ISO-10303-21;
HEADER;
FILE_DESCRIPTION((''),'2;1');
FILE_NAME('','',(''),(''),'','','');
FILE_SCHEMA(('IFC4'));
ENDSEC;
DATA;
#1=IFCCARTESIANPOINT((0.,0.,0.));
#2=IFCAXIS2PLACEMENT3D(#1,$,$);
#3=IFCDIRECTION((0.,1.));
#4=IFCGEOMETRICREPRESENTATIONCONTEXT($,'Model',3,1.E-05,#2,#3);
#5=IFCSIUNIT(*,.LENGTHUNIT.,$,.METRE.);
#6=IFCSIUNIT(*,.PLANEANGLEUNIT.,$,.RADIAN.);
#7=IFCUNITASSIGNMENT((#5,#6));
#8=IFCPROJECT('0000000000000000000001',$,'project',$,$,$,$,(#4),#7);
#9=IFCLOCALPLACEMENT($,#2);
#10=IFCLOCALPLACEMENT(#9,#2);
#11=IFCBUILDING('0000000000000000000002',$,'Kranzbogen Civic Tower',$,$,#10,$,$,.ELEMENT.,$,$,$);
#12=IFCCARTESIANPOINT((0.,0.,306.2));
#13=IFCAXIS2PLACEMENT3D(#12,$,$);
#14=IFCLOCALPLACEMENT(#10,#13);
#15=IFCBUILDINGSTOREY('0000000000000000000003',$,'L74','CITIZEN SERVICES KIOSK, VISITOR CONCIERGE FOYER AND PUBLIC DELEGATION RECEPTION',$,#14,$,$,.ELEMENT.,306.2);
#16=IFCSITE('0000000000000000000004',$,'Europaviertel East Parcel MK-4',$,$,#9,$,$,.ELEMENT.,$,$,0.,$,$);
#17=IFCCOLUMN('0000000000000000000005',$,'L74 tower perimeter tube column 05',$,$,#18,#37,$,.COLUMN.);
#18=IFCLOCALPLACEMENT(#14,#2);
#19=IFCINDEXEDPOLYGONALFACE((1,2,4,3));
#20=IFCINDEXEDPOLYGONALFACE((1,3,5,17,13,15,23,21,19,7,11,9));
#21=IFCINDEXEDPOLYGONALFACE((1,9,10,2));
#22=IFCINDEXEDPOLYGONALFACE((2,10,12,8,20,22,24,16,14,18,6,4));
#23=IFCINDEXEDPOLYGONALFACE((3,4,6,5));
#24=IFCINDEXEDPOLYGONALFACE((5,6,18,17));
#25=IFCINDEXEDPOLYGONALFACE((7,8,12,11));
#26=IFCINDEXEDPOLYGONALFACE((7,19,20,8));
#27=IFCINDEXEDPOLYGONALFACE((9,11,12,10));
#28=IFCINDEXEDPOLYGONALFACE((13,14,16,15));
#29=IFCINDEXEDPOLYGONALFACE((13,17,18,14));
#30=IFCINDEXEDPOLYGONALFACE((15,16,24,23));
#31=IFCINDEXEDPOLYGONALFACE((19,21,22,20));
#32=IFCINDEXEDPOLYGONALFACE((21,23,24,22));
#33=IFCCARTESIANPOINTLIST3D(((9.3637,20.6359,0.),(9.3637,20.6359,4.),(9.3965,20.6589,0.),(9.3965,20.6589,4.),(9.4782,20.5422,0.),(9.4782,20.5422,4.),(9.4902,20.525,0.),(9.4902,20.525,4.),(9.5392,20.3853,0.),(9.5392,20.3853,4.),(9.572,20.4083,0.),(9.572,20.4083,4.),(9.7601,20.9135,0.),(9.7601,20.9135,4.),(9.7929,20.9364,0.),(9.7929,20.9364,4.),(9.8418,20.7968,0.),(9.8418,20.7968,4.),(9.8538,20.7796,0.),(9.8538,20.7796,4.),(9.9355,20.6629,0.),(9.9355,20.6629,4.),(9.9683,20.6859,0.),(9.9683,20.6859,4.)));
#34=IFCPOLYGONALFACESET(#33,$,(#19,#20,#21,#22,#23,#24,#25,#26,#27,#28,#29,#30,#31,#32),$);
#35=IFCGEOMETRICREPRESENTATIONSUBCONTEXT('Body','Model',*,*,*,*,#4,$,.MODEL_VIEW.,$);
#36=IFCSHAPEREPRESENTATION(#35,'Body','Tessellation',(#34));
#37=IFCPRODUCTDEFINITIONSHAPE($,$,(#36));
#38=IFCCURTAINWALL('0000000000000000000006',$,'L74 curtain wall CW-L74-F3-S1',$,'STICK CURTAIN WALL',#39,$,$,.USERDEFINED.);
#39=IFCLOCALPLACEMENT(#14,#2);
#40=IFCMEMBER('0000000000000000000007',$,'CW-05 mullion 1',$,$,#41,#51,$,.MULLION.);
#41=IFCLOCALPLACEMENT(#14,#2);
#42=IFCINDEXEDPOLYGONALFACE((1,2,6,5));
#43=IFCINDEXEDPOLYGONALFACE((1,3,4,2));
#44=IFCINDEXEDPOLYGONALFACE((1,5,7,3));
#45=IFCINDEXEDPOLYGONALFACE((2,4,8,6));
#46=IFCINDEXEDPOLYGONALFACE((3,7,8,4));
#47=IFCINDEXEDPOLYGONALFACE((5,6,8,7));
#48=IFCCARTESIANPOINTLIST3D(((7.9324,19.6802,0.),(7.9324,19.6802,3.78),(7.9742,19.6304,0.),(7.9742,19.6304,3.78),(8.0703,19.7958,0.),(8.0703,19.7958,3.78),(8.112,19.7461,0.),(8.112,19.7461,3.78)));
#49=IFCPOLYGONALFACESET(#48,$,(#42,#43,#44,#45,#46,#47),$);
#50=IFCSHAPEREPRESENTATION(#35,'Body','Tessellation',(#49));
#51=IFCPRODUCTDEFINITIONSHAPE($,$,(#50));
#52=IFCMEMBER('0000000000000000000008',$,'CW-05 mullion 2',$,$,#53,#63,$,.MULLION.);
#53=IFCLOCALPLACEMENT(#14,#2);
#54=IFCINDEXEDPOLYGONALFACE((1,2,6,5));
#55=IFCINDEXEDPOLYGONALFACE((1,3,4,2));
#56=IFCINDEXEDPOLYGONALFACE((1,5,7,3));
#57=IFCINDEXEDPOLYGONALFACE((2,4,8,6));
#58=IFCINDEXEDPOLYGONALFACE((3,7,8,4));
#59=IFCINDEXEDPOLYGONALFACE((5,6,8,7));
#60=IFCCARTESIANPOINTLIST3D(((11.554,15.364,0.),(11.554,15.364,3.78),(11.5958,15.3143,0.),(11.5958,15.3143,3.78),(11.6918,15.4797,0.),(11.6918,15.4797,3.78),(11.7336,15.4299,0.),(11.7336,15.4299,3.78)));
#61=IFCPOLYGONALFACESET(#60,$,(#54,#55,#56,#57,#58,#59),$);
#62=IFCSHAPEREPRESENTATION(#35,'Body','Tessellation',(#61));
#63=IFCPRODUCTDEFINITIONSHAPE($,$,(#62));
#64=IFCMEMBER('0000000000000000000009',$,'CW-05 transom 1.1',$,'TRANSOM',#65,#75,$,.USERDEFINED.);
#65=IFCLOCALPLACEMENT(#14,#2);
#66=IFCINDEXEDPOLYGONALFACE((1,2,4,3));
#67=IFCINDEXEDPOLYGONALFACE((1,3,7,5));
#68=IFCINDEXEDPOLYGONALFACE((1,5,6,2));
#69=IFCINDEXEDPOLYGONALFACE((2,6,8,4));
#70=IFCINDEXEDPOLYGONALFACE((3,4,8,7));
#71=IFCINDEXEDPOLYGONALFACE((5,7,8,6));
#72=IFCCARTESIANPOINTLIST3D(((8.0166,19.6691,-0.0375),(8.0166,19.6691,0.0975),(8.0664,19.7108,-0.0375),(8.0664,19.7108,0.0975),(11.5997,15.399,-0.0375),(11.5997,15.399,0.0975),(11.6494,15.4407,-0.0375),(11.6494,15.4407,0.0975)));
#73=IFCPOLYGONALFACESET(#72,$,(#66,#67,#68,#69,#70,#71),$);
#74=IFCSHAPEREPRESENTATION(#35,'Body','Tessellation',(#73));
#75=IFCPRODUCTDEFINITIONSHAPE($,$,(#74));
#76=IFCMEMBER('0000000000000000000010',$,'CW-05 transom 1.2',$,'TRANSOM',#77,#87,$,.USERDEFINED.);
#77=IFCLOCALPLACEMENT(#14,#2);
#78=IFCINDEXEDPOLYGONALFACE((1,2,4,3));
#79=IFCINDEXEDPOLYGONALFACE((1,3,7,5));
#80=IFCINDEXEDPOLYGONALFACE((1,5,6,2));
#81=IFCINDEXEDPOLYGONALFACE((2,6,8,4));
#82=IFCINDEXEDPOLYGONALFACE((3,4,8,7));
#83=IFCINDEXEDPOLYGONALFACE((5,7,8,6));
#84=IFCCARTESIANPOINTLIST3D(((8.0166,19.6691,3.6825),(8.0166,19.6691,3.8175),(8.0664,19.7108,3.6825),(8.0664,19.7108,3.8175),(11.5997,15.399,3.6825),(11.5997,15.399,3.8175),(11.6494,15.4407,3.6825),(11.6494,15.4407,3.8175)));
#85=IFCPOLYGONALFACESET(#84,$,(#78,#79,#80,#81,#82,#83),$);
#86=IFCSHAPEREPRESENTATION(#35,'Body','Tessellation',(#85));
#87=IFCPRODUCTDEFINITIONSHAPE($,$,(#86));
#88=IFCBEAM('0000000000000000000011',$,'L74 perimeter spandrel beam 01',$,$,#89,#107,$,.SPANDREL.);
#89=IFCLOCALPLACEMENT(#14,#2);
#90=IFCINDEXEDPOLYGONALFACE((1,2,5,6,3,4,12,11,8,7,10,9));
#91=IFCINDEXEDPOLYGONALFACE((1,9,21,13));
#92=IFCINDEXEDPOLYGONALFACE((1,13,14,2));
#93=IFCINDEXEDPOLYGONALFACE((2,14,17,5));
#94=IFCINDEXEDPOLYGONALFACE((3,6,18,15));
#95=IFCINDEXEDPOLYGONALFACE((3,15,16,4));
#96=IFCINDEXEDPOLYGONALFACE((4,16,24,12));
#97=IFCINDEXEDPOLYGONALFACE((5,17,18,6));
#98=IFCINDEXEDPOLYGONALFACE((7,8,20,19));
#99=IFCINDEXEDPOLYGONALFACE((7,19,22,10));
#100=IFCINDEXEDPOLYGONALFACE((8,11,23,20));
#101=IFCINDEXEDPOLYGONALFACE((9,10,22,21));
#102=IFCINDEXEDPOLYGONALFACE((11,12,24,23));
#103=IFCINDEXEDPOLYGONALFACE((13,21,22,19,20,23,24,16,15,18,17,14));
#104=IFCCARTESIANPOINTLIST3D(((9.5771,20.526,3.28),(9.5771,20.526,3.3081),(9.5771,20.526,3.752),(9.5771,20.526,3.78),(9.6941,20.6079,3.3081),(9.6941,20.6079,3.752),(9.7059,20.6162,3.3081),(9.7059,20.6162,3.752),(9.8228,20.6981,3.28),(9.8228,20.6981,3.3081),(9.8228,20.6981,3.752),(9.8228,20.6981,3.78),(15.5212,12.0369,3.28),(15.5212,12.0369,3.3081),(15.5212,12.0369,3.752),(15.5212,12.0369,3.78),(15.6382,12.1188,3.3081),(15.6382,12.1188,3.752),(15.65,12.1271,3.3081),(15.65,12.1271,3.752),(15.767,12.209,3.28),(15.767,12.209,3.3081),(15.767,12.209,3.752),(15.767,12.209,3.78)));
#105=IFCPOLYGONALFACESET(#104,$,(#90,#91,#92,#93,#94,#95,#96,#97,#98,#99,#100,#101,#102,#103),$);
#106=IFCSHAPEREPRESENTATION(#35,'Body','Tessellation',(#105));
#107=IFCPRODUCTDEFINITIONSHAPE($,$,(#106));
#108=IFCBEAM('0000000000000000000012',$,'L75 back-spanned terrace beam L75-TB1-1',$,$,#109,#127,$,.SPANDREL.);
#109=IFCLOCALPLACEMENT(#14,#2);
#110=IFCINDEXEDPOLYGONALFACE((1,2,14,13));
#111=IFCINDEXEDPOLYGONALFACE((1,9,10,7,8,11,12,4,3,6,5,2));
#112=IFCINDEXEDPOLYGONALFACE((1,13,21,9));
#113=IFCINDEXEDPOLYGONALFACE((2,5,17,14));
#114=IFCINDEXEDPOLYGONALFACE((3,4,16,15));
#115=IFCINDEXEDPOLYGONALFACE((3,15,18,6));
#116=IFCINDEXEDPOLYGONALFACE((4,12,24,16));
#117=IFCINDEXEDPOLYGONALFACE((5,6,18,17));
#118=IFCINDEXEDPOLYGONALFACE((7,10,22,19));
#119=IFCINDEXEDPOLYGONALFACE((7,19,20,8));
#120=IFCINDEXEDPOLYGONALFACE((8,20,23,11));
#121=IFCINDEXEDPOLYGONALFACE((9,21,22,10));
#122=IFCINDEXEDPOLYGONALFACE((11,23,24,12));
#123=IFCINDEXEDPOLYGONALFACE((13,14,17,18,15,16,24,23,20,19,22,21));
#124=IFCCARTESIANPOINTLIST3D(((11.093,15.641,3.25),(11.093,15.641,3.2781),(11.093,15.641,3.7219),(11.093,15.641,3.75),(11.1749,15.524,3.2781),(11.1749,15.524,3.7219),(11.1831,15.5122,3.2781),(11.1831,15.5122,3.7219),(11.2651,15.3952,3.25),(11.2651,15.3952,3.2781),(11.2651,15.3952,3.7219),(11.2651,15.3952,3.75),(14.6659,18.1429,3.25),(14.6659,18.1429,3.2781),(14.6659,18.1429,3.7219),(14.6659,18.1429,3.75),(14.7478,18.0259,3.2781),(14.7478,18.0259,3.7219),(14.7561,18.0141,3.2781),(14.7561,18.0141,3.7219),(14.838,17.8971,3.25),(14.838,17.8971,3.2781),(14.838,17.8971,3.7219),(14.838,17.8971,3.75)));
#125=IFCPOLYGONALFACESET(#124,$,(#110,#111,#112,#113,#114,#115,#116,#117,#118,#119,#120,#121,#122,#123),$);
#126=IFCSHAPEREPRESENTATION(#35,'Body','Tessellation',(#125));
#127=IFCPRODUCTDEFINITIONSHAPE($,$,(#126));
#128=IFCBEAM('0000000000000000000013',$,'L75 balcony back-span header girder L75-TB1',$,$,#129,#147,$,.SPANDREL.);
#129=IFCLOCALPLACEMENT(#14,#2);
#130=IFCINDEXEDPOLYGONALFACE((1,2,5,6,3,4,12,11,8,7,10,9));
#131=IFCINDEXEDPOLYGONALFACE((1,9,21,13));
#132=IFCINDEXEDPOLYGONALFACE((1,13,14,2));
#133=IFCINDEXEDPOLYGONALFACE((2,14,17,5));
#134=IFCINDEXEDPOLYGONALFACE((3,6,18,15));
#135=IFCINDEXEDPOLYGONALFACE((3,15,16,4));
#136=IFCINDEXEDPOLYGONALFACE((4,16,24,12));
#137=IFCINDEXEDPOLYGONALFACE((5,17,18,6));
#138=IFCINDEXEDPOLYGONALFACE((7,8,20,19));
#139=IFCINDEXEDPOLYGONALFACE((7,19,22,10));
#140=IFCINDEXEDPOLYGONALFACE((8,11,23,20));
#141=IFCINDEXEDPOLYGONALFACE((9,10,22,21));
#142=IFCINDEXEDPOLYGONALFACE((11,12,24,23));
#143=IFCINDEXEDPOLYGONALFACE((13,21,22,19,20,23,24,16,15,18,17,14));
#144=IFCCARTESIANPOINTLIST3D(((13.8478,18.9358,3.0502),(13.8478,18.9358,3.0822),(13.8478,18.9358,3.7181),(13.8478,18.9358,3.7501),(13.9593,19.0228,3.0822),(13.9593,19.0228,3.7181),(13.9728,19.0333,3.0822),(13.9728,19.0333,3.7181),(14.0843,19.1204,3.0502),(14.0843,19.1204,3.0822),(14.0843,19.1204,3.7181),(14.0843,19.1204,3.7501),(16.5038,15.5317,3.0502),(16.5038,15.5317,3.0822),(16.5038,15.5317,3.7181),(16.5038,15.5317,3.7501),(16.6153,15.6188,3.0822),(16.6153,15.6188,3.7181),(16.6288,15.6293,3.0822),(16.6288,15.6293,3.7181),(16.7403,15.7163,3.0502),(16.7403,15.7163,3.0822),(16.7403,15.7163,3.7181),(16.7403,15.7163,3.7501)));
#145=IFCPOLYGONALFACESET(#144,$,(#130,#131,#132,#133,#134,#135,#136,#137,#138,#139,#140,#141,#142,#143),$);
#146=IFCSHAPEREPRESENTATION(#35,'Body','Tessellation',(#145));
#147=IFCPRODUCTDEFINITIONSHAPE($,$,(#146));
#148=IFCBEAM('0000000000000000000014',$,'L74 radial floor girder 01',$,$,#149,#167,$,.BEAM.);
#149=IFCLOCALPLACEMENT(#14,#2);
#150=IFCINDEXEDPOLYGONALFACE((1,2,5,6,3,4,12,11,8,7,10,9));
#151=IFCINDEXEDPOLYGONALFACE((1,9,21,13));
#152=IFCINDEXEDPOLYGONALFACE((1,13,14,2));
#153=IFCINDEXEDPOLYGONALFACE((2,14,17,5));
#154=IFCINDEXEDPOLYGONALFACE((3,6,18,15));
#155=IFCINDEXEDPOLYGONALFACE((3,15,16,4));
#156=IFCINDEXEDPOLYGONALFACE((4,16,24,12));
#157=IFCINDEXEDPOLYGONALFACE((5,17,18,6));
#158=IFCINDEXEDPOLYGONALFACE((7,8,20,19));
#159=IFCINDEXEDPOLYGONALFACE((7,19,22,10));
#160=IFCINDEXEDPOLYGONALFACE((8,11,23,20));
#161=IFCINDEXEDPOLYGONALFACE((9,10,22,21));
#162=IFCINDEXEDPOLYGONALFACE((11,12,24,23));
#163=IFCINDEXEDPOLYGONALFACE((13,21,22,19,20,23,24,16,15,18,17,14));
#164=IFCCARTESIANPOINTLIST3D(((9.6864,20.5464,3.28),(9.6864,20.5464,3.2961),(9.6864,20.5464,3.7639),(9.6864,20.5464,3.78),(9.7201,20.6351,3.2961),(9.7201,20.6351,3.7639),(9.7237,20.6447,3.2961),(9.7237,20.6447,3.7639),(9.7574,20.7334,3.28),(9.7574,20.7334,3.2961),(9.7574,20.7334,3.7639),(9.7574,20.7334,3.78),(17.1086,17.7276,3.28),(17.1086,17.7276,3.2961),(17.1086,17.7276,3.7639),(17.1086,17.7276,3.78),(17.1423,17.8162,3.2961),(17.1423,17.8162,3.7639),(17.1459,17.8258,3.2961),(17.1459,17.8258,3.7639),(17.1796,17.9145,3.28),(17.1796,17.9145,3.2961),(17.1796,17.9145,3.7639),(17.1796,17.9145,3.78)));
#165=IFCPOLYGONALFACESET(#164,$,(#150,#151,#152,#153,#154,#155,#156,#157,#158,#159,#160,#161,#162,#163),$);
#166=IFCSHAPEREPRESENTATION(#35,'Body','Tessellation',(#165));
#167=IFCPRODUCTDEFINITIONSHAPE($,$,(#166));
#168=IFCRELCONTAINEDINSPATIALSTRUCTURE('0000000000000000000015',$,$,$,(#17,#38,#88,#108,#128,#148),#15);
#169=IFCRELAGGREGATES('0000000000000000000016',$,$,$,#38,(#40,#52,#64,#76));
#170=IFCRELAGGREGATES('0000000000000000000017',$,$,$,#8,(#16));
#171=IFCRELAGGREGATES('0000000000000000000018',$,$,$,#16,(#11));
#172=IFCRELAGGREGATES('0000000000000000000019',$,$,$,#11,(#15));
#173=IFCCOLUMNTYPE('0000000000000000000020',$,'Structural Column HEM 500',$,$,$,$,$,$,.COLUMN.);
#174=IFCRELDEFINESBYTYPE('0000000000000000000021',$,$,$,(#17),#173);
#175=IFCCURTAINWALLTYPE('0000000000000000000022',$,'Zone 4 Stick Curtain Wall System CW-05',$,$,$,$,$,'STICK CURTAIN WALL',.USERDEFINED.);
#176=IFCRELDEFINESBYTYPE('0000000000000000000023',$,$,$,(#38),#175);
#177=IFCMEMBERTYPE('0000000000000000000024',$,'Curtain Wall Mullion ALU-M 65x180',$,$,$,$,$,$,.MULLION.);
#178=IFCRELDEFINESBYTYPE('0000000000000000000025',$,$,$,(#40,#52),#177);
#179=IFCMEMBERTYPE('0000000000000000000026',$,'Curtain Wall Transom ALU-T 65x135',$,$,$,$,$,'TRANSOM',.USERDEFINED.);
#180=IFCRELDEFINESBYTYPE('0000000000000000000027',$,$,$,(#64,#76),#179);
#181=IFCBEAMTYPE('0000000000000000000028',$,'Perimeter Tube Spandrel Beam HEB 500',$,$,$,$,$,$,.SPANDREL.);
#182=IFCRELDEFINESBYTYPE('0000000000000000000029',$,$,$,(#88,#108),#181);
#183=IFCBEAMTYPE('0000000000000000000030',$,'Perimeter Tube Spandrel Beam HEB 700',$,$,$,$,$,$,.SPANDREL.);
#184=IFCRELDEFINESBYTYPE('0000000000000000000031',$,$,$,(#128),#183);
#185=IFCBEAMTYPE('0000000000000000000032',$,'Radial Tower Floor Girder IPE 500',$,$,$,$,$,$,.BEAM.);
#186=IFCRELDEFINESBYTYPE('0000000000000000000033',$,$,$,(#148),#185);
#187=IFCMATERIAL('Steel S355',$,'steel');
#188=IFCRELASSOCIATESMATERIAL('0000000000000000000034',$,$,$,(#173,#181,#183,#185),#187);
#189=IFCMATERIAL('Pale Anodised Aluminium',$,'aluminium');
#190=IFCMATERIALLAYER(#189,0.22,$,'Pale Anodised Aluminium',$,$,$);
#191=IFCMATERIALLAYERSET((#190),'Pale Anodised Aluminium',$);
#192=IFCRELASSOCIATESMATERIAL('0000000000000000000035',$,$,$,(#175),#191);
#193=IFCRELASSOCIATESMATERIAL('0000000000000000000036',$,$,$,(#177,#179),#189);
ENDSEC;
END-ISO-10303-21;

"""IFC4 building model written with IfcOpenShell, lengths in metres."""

from ifc_helpers import new_model, si_unit, direction, frame, origin, origin_2d, place, context, subcontext, project, spatial, rectangle, i_section, extrude, material, layer, layer_set, material_profile, profile_set, type_object, element, aggregate, save


model = new_model("IFC4")

# Units and contexts
model_context = context("Model", 3, precision=1e-05, world=origin(), true_north=direction((0.0, 1.0)))
body_context = subcontext(model_context, "Body", "Model", "MODEL_VIEW")
ifc_project = project(units=[si_unit("LENGTHUNIT", "METRE"), si_unit("PLANEANGLEUNIT", "RADIAN")], contexts=[model_context])

# Site, building, storey
site_placement = place(None, origin())
site = spatial("IfcSite", under=ifc_project, at=site_placement, Name="Europaviertel East Parcel MK-4", CompositionType="ELEMENT", RefElevation=0.0)
building_placement = place(site_placement, origin())
building = spatial("IfcBuilding", under=site, at=building_placement, Name="Kranzbogen Civic Tower", CompositionType="ELEMENT")
storey_placement = place(building_placement, frame((0.0, 0.0, 306.2)))
storey = spatial("IfcBuildingStorey", under=building, at=storey_placement, Name="L74", Description="CITIZEN SERVICES KIOSK, VISITOR CONCIERGE FOYER AND PUBLIC DELEGATION RECEPTION", CompositionType="ELEMENT", Elevation=306.2)

# Column
ifc_material_1 = material(Name="Steel S355", Category="steel")
ifc_material_profile_1 = material_profile(ifc_material_1, i_section(OverallWidth=0.3059, OverallDepth=0.5239, WebThickness=0.021, FlangeThickness=0.04, at=origin_2d()), Name="HEM 500")
ifc_profile_set_1 = profile_set([ifc_material_profile_1], Name="Steel S355")
column_type = type_object("IfcColumnType", Name="Structural Column HEM 500", PredefinedType="COLUMN", material=ifc_profile_set_1)
column_placement = place(storey_placement, frame((9.666, 20.6609, 0.0), z_axis=(0.0, 0.0, 1.0), x_axis=(-0.573576, 0.819152, 0.0)))
element("IfcColumn", 1, at=column_placement, inside=storey, type_object=column_type, Name="L74 tower perimeter tube column 05", PredefinedType="COLUMN", context=body_context, shape_type="SweptSolid", body=[
    extrude(i_section(OverallWidth=0.3059, OverallDepth=0.5239, WebThickness=0.021, FlangeThickness=0.04, at=origin_2d()), origin(), (0.0, 0.0, 1.0), 4.0),
])

# Curtain wall, members
ifc_material_2 = material(Name="Pale Anodised Aluminium", Category="aluminium")
ifc_layer_1 = layer(ifc_material_2, 0.22, Name="Pale Anodised Aluminium")
ifc_layer_set_1 = layer_set([ifc_layer_1], Name="Pale Anodised Aluminium")
curtain_wall_type = type_object("IfcCurtainWallType", Name="Zone 4 Stick Curtain Wall System CW-05", ElementType="STICK CURTAIN WALL", PredefinedType="USERDEFINED", material=ifc_layer_set_1)
curtain_wall_placement = place(storey_placement, origin())
curtain_wall = element("IfcCurtainWall", 2, at=curtain_wall_placement, inside=storey, type_object=curtain_wall_type, Name="L74 curtain wall CW-L74-F3-S1", ObjectType="STICK CURTAIN WALL", PredefinedType="USERDEFINED")
ifc_material_profile_2 = material_profile(ifc_material_2, rectangle(XDim=0.0649, YDim=0.1799, at=origin_2d()), Name="ALU-M 65x180")
ifc_profile_set_2 = profile_set([ifc_material_profile_2], Name="Pale Anodised Aluminium")
member_type_1 = type_object("IfcMemberType", Name="Curtain Wall Mullion ALU-M 65x180", PredefinedType="MULLION", material=ifc_profile_set_2)
member_1_placement = place(storey_placement, frame((8.0222, 19.7131, 0.0), z_axis=(0.0, 0.0, 1.0), x_axis=(0.642772, -0.766058, 0.0)))
member_1 = element("IfcMember", 3, at=member_1_placement, type_object=member_type_1, Name="CW-05 mullion 1", PredefinedType="MULLION", context=body_context, shape_type="SweptSolid", body=[
    extrude(rectangle(XDim=0.0649, YDim=0.1799, at=origin_2d()), origin(), (0.0, 0.0, 1.0), 3.78),
])
member_2_placement = place(storey_placement, frame((11.6438, 15.397, 0.0), z_axis=(0.0, 0.0, 1.0), x_axis=(0.642772, -0.766058, 0.0)))
member_2 = element("IfcMember", 4, at=member_2_placement, type_object=member_type_1, Name="CW-05 mullion 2", PredefinedType="MULLION", context=body_context, shape_type="SweptSolid", body=[
    extrude(rectangle(XDim=0.0649, YDim=0.1799, at=origin_2d()), origin(), (0.0, 0.0, 1.0), 3.78),
])
ifc_material_profile_3 = material_profile(ifc_material_2, rectangle(XDim=0.0649, YDim=0.135, at=origin_2d()), Name="ALU-T 65x135")
ifc_profile_set_3 = profile_set([ifc_material_profile_3], Name="Pale Anodised Aluminium")
member_type_2 = type_object("IfcMemberType", Name="Curtain Wall Transom ALU-T 65x135", ElementType="TRANSOM", PredefinedType="USERDEFINED", material=ifc_profile_set_3)
member_3_placement = place(storey_placement, frame((8.0415, 19.6899, 0.03), z_axis=(0.642791, -0.766041, 0.0), x_axis=(0.766041, 0.642791, 0.0)))
member_3 = element("IfcMember", 5, at=member_3_placement, type_object=member_type_2, Name="CW-05 transom 1.1", ObjectType="TRANSOM", PredefinedType="USERDEFINED", context=body_context, shape_type="SweptSolid", body=[
    extrude(rectangle(XDim=0.0649, YDim=0.135, at=origin_2d()), origin(), (0.0, 0.0, 1.0), 5.5742),
])
member_4_placement = place(storey_placement, frame((8.0415, 19.6899, 3.75), z_axis=(0.642791, -0.766041, 0.0), x_axis=(0.766041, 0.642791, 0.0)))
member_4 = element("IfcMember", 6, at=member_4_placement, type_object=member_type_2, Name="CW-05 transom 1.2", ObjectType="TRANSOM", PredefinedType="USERDEFINED", context=body_context, shape_type="SweptSolid", body=[
    extrude(rectangle(XDim=0.0649, YDim=0.135, at=origin_2d()), origin(), (0.0, 0.0, 1.0), 5.5742),
])

# Beams
ifc_material_profile_4 = material_profile(ifc_material_1, i_section(OverallWidth=0.3, OverallDepth=0.5, WebThickness=0.0144, FlangeThickness=0.0281, at=origin_2d()), Name="HEB 500")
ifc_profile_set_4 = profile_set([ifc_material_profile_4], Name="Steel S355")
beam_type_1 = type_object("IfcBeamType", Name="Perimeter Tube Spandrel Beam HEB 500", PredefinedType="SPANDREL", material=ifc_profile_set_4)
beam_1_placement = place(storey_placement, frame((9.7, 20.6121, 3.53), z_axis=(0.573578, -0.819151, 0.0), x_axis=(0.819151, 0.573578, 0.0)))
element("IfcBeam", 7, at=beam_1_placement, inside=storey, type_object=beam_type_1, Name="L74 perimeter spandrel beam 01", PredefinedType="SPANDREL", context=body_context, shape_type="SweptSolid", body=[
    extrude(i_section(OverallWidth=0.3, OverallDepth=0.5, WebThickness=0.0144, FlangeThickness=0.0281, at=origin_2d()), origin(), (0.0, 0.0, 1.0), 10.3633),
])
beam_2_placement = place(storey_placement, frame((14.752, 18.02, 3.5), z_axis=(-0.81914, -0.573594, 0.0), x_axis=(0.573594, -0.81914, 0.0)))
element("IfcBeam", 8, at=beam_2_placement, inside=storey, type_object=beam_type_1, Name="L75 back-spanned terrace beam L75-TB1-1", PredefinedType="SPANDREL", context=body_context, shape_type="SweptSolid", body=[
    extrude(i_section(OverallWidth=0.3, OverallDepth=0.5, WebThickness=0.0144, FlangeThickness=0.0281, at=origin_2d()), origin(), (0.0, 0.0, 1.0), 4.3618),
])
ifc_material_profile_5 = material_profile(ifc_material_1, i_section(OverallWidth=0.3, OverallDepth=0.7, WebThickness=0.0171, FlangeThickness=0.032, at=origin_2d()), Name="HEB 700")
ifc_profile_set_5 = profile_set([ifc_material_profile_5], Name="Steel S355")
beam_type_2 = type_object("IfcBeamType", Name="Perimeter Tube Spandrel Beam HEB 700", PredefinedType="SPANDREL", material=ifc_profile_set_5)
beam_3_placement = place(storey_placement, frame((13.9661, 19.0281, 3.4001), z_axis=(0.615153, -0.788407, 0.0), x_axis=(0.788407, 0.615153, 0.0)))
element("IfcBeam", 9, at=beam_3_placement, inside=storey, type_object=beam_type_2, Name="L75 balcony back-span header girder L75-TB1", PredefinedType="SPANDREL", context=body_context, shape_type="SweptSolid", body=[
    extrude(i_section(OverallWidth=0.3, OverallDepth=0.7, WebThickness=0.0171, FlangeThickness=0.032, at=origin_2d()), origin(), (0.0, 0.0, 1.0), 4.3176),
])
ifc_material_profile_6 = material_profile(ifc_material_1, i_section(OverallWidth=0.2, OverallDepth=0.5, WebThickness=0.0103, FlangeThickness=0.0161, at=origin_2d()), Name="IPE 500")
ifc_profile_set_6 = profile_set([ifc_material_profile_6], Name="Steel S355")
beam_type_3 = type_object("IfcBeamType", Name="Radial Tower Floor Girder IPE 500", PredefinedType="BEAM", material=ifc_profile_set_6)
beam_4_placement = place(storey_placement, frame((9.7219, 20.6399, 3.53), z_axis=(0.934849, -0.355046, 0.0), x_axis=(0.355046, 0.934849, 0.0)))
element("IfcBeam", 10, at=beam_4_placement, inside=storey, type_object=beam_type_3, Name="L74 radial floor girder 01", PredefinedType="BEAM", context=body_context, shape_type="SweptSolid", body=[
    extrude(i_section(OverallWidth=0.2, OverallDepth=0.5, WebThickness=0.0103, FlangeThickness=0.0161, at=origin_2d()), origin(), (0.0, 0.0, 1.0), 7.9395),
])

aggregate(curtain_wall, [member_1, member_2, member_3, member_4])

save(model, "model.ifc")
